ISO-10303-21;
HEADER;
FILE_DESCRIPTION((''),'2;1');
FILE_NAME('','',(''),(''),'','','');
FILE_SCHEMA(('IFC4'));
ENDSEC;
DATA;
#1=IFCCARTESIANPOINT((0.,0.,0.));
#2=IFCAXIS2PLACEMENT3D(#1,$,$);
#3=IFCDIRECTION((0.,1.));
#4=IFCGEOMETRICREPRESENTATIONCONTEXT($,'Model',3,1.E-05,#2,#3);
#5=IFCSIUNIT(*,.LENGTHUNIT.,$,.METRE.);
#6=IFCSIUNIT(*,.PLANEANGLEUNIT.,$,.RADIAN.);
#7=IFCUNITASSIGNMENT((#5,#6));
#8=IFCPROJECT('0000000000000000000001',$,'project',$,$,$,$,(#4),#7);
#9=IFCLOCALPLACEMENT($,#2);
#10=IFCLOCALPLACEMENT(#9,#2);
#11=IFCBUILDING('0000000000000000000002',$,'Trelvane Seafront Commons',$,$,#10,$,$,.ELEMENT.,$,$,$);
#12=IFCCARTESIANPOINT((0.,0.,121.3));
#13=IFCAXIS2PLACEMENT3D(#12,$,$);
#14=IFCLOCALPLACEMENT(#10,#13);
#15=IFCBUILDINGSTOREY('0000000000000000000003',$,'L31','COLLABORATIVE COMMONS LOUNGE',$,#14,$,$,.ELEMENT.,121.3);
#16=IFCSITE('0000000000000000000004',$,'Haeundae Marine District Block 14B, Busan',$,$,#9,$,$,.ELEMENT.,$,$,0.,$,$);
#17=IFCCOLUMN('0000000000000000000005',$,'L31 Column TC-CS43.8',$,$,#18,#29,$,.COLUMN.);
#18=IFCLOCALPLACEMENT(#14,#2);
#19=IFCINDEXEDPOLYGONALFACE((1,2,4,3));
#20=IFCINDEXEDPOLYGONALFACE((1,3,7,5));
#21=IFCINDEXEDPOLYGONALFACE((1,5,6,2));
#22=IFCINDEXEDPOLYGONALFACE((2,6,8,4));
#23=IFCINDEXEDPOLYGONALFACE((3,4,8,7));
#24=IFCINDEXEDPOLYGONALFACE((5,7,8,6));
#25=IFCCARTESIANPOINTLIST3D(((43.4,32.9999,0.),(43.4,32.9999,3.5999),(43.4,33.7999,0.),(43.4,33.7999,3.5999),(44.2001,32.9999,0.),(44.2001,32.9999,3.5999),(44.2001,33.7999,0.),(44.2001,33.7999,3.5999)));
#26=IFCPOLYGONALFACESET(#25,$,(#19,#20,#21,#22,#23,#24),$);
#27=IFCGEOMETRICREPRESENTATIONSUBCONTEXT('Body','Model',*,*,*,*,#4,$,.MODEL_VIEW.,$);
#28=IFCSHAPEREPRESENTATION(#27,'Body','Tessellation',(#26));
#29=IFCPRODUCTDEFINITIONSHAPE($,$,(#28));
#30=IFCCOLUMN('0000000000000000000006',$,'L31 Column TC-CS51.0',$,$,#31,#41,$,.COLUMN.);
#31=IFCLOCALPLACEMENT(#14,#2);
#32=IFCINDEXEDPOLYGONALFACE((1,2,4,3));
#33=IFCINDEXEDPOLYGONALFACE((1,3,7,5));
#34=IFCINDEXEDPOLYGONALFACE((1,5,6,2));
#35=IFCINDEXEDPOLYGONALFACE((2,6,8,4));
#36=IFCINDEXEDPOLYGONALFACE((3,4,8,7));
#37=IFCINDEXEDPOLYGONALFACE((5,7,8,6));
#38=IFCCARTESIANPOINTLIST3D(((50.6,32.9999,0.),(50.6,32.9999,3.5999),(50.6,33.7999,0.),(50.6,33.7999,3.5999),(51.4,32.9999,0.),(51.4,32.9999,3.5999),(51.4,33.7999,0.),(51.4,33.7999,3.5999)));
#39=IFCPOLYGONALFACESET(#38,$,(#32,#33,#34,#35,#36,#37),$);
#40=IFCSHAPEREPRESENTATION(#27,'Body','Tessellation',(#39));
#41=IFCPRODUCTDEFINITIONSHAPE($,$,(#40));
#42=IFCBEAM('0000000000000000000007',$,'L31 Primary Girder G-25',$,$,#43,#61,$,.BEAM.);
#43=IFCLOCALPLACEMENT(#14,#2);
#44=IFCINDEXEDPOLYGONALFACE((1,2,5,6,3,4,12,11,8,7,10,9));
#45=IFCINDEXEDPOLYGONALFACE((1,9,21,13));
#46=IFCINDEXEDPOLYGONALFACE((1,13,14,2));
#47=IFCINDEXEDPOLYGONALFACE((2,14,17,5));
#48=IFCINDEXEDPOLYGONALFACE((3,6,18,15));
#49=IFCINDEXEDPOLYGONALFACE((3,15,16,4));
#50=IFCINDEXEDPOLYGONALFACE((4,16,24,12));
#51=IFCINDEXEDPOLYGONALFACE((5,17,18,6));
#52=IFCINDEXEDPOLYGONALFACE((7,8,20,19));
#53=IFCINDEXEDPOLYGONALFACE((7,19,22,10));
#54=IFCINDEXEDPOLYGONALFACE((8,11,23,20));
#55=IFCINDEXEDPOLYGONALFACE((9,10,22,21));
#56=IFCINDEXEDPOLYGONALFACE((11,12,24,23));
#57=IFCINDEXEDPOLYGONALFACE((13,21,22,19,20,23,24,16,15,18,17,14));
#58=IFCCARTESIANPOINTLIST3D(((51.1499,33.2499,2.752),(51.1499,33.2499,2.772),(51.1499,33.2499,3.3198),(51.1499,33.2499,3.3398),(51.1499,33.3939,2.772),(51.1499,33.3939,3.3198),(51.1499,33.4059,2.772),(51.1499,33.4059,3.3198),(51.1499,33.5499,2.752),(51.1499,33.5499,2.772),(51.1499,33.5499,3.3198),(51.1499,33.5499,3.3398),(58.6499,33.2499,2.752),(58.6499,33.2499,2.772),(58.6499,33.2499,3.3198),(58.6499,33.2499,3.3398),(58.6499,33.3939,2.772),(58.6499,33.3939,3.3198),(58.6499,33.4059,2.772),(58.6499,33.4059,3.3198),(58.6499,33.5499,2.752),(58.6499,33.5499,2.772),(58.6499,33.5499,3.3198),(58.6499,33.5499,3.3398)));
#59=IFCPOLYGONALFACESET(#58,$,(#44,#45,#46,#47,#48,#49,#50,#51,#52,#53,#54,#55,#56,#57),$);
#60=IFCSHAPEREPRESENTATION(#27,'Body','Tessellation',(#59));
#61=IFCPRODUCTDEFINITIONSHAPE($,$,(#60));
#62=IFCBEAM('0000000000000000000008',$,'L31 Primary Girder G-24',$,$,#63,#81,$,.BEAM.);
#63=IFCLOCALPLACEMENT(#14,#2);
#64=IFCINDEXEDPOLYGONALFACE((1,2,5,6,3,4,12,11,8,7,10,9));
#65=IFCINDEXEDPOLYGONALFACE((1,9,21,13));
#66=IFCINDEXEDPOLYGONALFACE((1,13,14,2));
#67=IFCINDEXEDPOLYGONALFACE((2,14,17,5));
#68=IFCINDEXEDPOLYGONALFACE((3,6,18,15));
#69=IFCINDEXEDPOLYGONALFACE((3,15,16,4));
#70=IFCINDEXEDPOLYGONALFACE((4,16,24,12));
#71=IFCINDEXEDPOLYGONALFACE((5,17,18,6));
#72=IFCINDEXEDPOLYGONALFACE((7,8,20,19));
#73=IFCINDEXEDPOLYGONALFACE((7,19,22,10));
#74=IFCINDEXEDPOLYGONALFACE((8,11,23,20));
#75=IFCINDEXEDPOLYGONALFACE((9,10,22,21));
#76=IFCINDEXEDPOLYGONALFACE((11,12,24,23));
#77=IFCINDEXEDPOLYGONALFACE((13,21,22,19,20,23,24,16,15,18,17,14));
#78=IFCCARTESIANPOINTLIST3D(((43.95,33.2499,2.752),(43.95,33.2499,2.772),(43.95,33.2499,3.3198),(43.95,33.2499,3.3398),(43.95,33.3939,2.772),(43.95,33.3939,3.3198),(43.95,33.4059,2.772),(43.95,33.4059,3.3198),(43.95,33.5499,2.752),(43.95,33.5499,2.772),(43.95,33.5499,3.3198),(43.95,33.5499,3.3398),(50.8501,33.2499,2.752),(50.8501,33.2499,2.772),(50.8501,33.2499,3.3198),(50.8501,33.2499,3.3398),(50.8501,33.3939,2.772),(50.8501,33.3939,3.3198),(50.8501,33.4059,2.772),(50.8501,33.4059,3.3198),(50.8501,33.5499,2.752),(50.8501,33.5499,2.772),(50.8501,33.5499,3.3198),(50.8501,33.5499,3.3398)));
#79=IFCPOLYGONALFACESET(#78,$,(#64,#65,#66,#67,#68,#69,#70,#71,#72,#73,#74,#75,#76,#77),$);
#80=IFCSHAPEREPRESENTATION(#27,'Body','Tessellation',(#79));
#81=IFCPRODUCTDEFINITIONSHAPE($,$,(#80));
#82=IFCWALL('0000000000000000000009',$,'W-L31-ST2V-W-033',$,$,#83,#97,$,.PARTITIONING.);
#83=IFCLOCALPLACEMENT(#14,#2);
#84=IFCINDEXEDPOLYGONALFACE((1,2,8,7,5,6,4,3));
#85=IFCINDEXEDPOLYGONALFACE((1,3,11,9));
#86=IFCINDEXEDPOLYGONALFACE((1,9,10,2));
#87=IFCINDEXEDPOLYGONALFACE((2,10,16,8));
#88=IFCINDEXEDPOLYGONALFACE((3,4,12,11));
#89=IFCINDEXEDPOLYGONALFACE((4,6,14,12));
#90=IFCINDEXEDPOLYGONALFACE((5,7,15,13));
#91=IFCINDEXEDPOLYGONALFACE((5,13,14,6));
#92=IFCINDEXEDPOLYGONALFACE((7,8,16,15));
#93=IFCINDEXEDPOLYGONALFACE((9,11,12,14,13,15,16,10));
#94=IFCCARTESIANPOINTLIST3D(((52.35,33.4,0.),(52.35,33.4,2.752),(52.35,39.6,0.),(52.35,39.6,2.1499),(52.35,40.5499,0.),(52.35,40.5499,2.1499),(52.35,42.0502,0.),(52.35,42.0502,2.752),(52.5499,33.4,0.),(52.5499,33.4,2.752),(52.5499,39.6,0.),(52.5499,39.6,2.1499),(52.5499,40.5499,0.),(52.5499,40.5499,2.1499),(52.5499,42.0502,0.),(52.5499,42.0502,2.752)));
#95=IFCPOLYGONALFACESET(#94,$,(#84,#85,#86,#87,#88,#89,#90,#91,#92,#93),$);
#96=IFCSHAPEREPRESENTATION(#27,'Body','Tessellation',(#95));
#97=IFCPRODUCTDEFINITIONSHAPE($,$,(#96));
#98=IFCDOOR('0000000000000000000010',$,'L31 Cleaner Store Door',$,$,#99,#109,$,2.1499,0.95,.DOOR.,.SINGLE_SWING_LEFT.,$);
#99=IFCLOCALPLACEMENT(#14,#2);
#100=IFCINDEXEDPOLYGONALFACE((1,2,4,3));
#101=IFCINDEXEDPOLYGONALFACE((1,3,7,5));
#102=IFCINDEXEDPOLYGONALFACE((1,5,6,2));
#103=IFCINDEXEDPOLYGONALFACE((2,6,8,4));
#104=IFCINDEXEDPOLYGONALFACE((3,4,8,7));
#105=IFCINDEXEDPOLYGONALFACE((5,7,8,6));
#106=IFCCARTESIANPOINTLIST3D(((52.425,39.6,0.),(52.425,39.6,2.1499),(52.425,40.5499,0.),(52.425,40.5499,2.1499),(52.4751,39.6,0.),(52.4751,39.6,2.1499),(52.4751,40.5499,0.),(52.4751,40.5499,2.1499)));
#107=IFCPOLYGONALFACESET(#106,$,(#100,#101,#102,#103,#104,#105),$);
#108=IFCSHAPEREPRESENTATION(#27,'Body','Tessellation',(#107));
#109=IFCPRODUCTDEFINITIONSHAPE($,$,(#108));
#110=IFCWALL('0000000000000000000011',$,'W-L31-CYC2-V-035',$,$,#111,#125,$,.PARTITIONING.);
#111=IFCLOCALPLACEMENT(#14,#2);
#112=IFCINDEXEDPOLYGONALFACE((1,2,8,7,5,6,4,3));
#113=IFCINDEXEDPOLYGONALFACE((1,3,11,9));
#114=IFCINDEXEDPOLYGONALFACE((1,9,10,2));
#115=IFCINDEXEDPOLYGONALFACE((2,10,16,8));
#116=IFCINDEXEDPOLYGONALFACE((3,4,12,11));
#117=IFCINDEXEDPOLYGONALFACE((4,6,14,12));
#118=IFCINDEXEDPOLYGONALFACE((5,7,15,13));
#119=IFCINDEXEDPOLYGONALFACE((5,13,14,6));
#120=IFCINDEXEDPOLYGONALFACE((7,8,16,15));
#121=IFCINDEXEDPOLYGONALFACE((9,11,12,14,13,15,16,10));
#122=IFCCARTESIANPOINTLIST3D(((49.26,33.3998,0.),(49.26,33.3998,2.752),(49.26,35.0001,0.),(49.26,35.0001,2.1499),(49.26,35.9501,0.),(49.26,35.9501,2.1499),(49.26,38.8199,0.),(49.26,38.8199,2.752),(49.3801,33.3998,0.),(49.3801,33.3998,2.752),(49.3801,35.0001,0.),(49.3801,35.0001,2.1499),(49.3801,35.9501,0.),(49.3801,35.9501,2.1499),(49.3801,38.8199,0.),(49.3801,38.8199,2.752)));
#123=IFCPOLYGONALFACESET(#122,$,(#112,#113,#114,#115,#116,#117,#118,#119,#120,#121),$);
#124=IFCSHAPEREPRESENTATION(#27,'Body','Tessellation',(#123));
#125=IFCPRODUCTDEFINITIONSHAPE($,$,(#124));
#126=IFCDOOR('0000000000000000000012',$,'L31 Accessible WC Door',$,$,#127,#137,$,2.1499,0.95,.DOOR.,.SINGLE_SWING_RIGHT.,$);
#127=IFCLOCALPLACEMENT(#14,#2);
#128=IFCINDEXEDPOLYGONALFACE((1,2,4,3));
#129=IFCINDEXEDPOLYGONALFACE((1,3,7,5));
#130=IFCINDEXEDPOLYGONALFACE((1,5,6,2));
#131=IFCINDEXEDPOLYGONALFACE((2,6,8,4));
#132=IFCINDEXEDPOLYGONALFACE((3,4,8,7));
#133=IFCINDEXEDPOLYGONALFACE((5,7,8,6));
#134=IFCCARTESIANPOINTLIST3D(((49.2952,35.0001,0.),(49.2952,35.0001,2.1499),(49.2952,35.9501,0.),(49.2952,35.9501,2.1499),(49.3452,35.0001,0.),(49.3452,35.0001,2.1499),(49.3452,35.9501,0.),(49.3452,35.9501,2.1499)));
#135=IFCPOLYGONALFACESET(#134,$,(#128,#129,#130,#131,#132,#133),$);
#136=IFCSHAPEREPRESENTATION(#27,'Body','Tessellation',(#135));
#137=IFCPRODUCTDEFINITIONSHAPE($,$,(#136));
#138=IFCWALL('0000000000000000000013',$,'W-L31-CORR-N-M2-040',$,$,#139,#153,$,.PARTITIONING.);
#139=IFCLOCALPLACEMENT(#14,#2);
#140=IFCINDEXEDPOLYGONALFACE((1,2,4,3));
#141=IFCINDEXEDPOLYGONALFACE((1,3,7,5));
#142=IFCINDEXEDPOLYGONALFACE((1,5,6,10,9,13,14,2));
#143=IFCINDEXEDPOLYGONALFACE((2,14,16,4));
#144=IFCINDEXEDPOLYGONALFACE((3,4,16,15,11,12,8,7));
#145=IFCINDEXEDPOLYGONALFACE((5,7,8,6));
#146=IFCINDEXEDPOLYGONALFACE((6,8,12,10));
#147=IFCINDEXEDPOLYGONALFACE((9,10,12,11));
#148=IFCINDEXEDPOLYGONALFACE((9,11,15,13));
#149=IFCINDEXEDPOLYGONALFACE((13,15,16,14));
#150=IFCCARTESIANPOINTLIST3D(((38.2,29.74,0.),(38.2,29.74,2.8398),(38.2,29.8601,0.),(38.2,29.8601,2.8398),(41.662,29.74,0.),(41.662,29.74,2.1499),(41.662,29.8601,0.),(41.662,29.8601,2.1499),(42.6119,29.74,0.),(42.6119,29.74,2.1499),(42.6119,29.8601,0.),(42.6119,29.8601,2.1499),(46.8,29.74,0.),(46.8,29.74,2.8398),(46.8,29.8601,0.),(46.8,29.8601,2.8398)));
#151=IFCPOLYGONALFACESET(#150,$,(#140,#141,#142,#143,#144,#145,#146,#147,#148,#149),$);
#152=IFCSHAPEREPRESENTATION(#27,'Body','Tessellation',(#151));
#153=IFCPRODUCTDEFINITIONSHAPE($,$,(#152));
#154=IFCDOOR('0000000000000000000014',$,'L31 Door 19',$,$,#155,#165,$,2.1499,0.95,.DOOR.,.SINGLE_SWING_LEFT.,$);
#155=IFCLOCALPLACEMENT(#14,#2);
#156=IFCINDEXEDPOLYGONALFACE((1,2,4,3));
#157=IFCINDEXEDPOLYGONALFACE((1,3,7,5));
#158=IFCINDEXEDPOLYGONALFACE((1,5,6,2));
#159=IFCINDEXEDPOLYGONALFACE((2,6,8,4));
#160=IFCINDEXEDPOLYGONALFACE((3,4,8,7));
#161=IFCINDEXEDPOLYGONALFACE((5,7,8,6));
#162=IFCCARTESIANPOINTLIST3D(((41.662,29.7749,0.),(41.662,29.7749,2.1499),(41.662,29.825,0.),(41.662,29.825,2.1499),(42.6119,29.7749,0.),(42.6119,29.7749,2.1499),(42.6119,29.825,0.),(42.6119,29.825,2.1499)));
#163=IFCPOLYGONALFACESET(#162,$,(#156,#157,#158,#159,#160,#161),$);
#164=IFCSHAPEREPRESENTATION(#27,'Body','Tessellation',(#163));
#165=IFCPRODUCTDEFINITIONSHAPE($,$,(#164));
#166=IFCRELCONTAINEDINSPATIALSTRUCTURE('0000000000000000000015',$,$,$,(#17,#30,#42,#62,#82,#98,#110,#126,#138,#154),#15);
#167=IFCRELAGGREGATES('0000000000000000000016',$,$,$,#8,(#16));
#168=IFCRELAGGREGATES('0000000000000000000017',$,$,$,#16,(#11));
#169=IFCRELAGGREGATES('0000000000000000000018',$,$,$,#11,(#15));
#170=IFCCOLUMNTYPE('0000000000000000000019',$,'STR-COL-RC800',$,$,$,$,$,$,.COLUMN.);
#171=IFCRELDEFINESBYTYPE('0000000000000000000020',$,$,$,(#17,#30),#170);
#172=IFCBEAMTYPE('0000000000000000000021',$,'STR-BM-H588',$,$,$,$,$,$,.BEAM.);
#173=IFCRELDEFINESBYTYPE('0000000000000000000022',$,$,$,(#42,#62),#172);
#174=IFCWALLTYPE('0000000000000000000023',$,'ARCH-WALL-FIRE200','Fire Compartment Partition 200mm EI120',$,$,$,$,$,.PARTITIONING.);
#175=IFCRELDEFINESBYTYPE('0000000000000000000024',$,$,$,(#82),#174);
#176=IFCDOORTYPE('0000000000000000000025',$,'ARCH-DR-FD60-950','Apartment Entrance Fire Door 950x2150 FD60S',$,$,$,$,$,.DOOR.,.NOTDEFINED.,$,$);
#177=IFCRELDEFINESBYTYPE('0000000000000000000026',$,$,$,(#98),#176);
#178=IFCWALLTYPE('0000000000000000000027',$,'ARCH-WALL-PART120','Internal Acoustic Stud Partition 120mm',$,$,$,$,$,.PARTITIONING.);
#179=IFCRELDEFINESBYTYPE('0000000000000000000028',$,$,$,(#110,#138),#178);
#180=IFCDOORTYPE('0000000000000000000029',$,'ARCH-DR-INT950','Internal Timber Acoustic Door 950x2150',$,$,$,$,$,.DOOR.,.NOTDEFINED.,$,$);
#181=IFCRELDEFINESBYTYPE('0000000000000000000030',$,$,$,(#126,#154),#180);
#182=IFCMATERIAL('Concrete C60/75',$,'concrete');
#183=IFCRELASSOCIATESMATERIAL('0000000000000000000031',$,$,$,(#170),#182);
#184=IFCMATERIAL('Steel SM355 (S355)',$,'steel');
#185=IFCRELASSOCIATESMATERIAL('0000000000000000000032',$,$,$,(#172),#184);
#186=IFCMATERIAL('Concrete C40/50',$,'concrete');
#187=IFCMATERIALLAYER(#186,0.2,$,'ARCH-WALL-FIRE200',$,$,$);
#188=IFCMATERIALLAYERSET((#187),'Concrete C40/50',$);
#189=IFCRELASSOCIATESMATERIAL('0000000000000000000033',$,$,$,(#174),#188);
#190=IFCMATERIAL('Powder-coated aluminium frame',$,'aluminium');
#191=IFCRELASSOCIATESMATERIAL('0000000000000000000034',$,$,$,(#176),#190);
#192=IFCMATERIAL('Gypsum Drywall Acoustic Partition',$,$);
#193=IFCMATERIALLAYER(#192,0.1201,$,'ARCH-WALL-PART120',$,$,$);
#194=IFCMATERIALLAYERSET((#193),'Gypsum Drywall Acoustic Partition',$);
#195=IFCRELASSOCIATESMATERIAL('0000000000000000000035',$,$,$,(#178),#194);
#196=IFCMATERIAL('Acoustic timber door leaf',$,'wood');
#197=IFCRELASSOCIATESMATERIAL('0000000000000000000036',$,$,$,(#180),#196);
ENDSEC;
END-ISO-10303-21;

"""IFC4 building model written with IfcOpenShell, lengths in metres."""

from ifc_helpers import new_model, si_unit, direction, frame, frame_2d, origin, origin_2d, place, context, subcontext, project, spatial, rectangle, i_section, extrude, source, transform, mapped, material, layer, layer_set, material_profile, profile_set, type_object, element, fill, save


model = new_model("IFC4")

# Units and contexts
model_context = context("Model", 3, precision=1e-05, world=origin(), true_north=direction((0.0, 1.0)))
body_context = subcontext(model_context, "Body", "Model", "MODEL_VIEW")
ifc_project = project(units=[si_unit("LENGTHUNIT", "METRE"), si_unit("PLANEANGLEUNIT", "RADIAN")], contexts=[model_context])

# Site, building, storey
site_placement = place(None, origin())
site = spatial("IfcSite", under=ifc_project, at=site_placement, Name="Haeundae Marine District Block 14B, Busan", CompositionType="ELEMENT", RefElevation=0.0)
building_placement = place(site_placement, origin())
building = spatial("IfcBuilding", under=site, at=building_placement, Name="Trelvane Seafront Commons", CompositionType="ELEMENT")
storey_placement = place(building_placement, frame((0.0, 0.0, 121.3)))
storey = spatial("IfcBuildingStorey", under=building, at=storey_placement, Name="L31", Description="COLLABORATIVE COMMONS LOUNGE", CompositionType="ELEMENT", Elevation=121.3)

# Columns
ifc_material_1 = material(Name="Concrete C60/75", Category="concrete")
ifc_material_profile_1 = material_profile(ifc_material_1, rectangle(XDim=0.8, YDim=0.8, at=origin_2d()), Name="RC-800x800")
ifc_profile_set_1 = profile_set([ifc_material_profile_1], Name="Concrete C60/75")
column_type = type_object("IfcColumnType", Name="STR-COL-RC800", PredefinedType="COLUMN", material=ifc_profile_set_1)
shared_shape_1 = source(origin(), body_context, "Body", "SweptSolid", [
    extrude(rectangle(XDim=0.8, YDim=0.8, at=origin_2d()), origin(), (0.0, 0.0, 1.0), 3.5999),
])
for number, where, z_axis, x_axis, name in (
    (1, (43.8, 33.3999, 0.0), (0.0, 0.0, 1.0), (1.0, 0.0, 0.0), "L31 Column TC-CS43.8"),
    (2, (51.0, 33.3999, 0.0), (0.0, 0.0, 1.0), (1.0, 0.0, 0.0), "L31 Column TC-CS51.0"),
):
    element("IfcColumn", number, at=place(storey_placement, frame(where, z_axis=z_axis, x_axis=x_axis)), inside=storey, type_object=column_type, Name=name, PredefinedType="COLUMN", context=body_context, shape_type="MappedRepresentation", body=[
        mapped(shared_shape_1, transform((0.0, 0.0, 0.0), x_axis=(1.0, 0.0, 0.0), y_axis=(0.0, 1.0, 0.0), z_axis=(0.0, 0.0, 1.0), scale=1.0)),
    ])

# Beams
ifc_material_2 = material(Name="Steel SM355 (S355)", Category="steel")
ifc_material_profile_2 = material_profile(ifc_material_2, i_section(OverallWidth=0.3, OverallDepth=0.5879, WebThickness=0.012, FlangeThickness=0.02, at=origin_2d()), Name="H-588x300x12x20")
ifc_profile_set_2 = profile_set([ifc_material_profile_2], Name="Steel SM355 (S355)")
beam_type = type_object("IfcBeamType", Name="STR-BM-H588", PredefinedType="BEAM", material=ifc_profile_set_2)
shared_shape_2 = source(origin(), body_context, "Body", "SweptSolid", [
    extrude(i_section(OverallWidth=0.3, OverallDepth=0.5879, WebThickness=0.012, FlangeThickness=0.02, at=origin_2d()), origin(), (0.0, 0.0, 1.0), 7.5),
])
beam_1_placement = place(storey_placement, frame((51.1499, 33.3999, 3.0459), z_axis=(1.0, 0.0, 0.0), x_axis=(0.0, 1.0, 0.0)))
element("IfcBeam", 3, at=beam_1_placement, inside=storey, type_object=beam_type, Name="L31 Primary Girder G-25", PredefinedType="BEAM", context=body_context, shape_type="MappedRepresentation", body=[
    mapped(shared_shape_2, transform((0.0, 0.0, 0.0), x_axis=(1.0, 0.0, 0.0), y_axis=(0.0, 1.0, 0.0), z_axis=(0.0, 0.0, 1.0), scale=1.0)),
])
shared_shape_3 = source(origin(), body_context, "Body", "SweptSolid", [
    extrude(i_section(OverallWidth=0.3, OverallDepth=0.5879, WebThickness=0.012, FlangeThickness=0.02, at=origin_2d()), origin(), (0.0, 0.0, 1.0), 6.9001),
])
beam_2_placement = place(storey_placement, frame((43.95, 33.3999, 3.0459), z_axis=(1.0, 0.0, 0.0), x_axis=(0.0, 1.0, 0.0)))
element("IfcBeam", 4, at=beam_2_placement, inside=storey, type_object=beam_type, Name="L31 Primary Girder G-24", PredefinedType="BEAM", context=body_context, shape_type="MappedRepresentation", body=[
    mapped(shared_shape_3, transform((0.0, 0.0, 0.0), x_axis=(1.0, 0.0, 0.0), y_axis=(0.0, 1.0, 0.0), z_axis=(0.0, 0.0, 1.0), scale=1.0)),
])

# Wall, opening, door
ifc_material_3 = material(Name="Concrete C40/50", Category="concrete")
ifc_layer_1 = layer(ifc_material_3, 0.2, Name="ARCH-WALL-FIRE200")
ifc_layer_set_1 = layer_set([ifc_layer_1], Name="Concrete C40/50")
wall_type_1 = type_object("IfcWallType", Name="ARCH-WALL-FIRE200", Description="Fire Compartment Partition 200mm EI120", PredefinedType="PARTITIONING", material=ifc_layer_set_1)
wall_1_placement = place(storey_placement, frame((52.45, 33.3999, 0.0), z_axis=(0.0, 0.0, 1.0), x_axis=(0.0, 1.0, 0.0)))
wall_1 = element("IfcWall", 5, at=wall_1_placement, inside=storey, type_object=wall_type_1, Name="W-L31-ST2V-W-033", PredefinedType="PARTITIONING", context=body_context, shape_type="SweptSolid", body=[
    extrude(rectangle(XDim=8.6501, YDim=0.2, at=frame_2d((4.3252, 0.0))), origin(), (0.0, 0.0, 1.0), 2.752),
])
opening_1_placement = place(wall_1_placement, frame((6.2, 0.0, 0.0)))
opening_1 = element("IfcOpeningElement", 6, at=opening_1_placement, cuts=wall_1, PredefinedType="OPENING", context=body_context, shape_type="SweptSolid", body=[
    extrude(rectangle(XDim=0.95, YDim=2.1499, at=frame_2d((0.4751, 1.075))), frame((0.0, 0.1099, 0.0), z_axis=(0.0, -1.0, 0.0), x_axis=(1.0, 0.0, 0.0)), (0.0, 0.0, 1.0), 0.22),
])
ifc_material_4 = material(Name="Powder-coated aluminium frame", Category="aluminium")
door_type_1 = type_object("IfcDoorType", Name="ARCH-DR-FD60-950", Description="Apartment Entrance Fire Door 950x2150 FD60S", OperationType="NOTDEFINED", PredefinedType="DOOR", material=ifc_material_4)
shared_shape_4 = source(origin(), body_context, "Body", "SweptSolid", [
    extrude(rectangle(XDim=0.95, YDim=2.1499, at=frame_2d((0.4751, 1.075))), frame((0.0, 0.0249, 0.0), z_axis=(0.0, -1.0, 0.0), x_axis=(1.0, 0.0, 0.0)), (0.0, 0.0, 1.0), 0.05),
])
door_1_placement = place(opening_1_placement, origin())
door_1 = element("IfcDoor", 7, at=door_1_placement, inside=storey, type_object=door_type_1, Name="L31 Cleaner Store Door", OperationType="SINGLE_SWING_LEFT", OverallHeight=2.1499, OverallWidth=0.95, PredefinedType="DOOR", context=body_context, shape_type="MappedRepresentation", body=[
    mapped(shared_shape_4, transform((0.0, 0.0, 0.0), x_axis=(1.0, 0.0, 0.0), y_axis=(0.0, 1.0, 0.0), z_axis=(0.0, 0.0, 1.0), scale=1.0)),
])
fill(opening_1, door_1)

# Walls, openings, doors
ifc_material_5 = material(Name="Gypsum Drywall Acoustic Partition")
ifc_layer_2 = layer(ifc_material_5, 0.1201, Name="ARCH-WALL-PART120")
ifc_layer_set_2 = layer_set([ifc_layer_2], Name="Gypsum Drywall Acoustic Partition")
wall_type_2 = type_object("IfcWallType", Name="ARCH-WALL-PART120", Description="Internal Acoustic Stud Partition 120mm", PredefinedType="PARTITIONING", material=ifc_layer_set_2)
wall_2_placement = place(storey_placement, frame((49.3201, 33.3999, 0.0), z_axis=(0.0, 0.0, 1.0), x_axis=(0.0, 1.0, 0.0)))
wall_2 = element("IfcWall", 8, at=wall_2_placement, inside=storey, type_object=wall_type_2, Name="W-L31-CYC2-V-035", PredefinedType="PARTITIONING", context=body_context, shape_type="SweptSolid", body=[
    extrude(rectangle(XDim=5.4202, YDim=0.1201, at=frame_2d((2.71, 0.0))), origin(), (0.0, 0.0, 1.0), 2.752),
])
opening_2_placement = place(wall_2_placement, frame((1.6001, 0.0, 0.0)))
opening_2 = element("IfcOpeningElement", 9, at=opening_2_placement, cuts=wall_2, PredefinedType="OPENING", context=body_context, shape_type="SweptSolid", body=[
    extrude(rectangle(XDim=0.95, YDim=2.1499, at=frame_2d((0.4751, 1.075))), frame((0.0, 0.0701, 0.0), z_axis=(0.0, -1.0, 0.0), x_axis=(1.0, 0.0, 0.0)), (0.0, 0.0, 1.0), 0.1401),
])
ifc_material_6 = material(Name="Acoustic timber door leaf", Category="wood")
door_type_2 = type_object("IfcDoorType", Name="ARCH-DR-INT950", Description="Internal Timber Acoustic Door 950x2150", OperationType="NOTDEFINED", PredefinedType="DOOR", material=ifc_material_6)
door_2_placement = place(opening_2_placement, origin())
door_2 = element("IfcDoor", 10, at=door_2_placement, inside=storey, type_object=door_type_2, Name="L31 Accessible WC Door", OperationType="SINGLE_SWING_RIGHT", OverallHeight=2.1499, OverallWidth=0.95, PredefinedType="DOOR", context=body_context, shape_type="MappedRepresentation", body=[
    mapped(shared_shape_4, transform((0.0, 0.0, 0.0), x_axis=(1.0, 0.0, 0.0), y_axis=(0.0, 1.0, 0.0), z_axis=(0.0, 0.0, 1.0), scale=1.0)),
])
fill(opening_2, door_2)
wall_3_placement = place(storey_placement, frame((38.2, 29.8, 0.0), z_axis=(0.0, 0.0, 1.0), x_axis=(1.0, 0.0, 0.0)))
wall_3 = element("IfcWall", 11, at=wall_3_placement, inside=storey, type_object=wall_type_2, Name="W-L31-CORR-N-M2-040", PredefinedType="PARTITIONING", context=body_context, shape_type="SweptSolid", body=[
    extrude(rectangle(XDim=8.6001, YDim=0.1201, at=frame_2d((4.3, 0.0))), origin(), (0.0, 0.0, 1.0), 2.8398),
])
opening_3_placement = place(wall_3_placement, frame((3.4619, 0.0, 0.0)))
opening_3 = element("IfcOpeningElement", 12, at=opening_3_placement, cuts=wall_3, PredefinedType="OPENING", context=body_context, shape_type="SweptSolid", body=[
    extrude(rectangle(XDim=0.95, YDim=2.1499, at=frame_2d((0.4751, 1.075))), frame((0.0, 0.0701, 0.0), z_axis=(0.0, -1.0, 0.0), x_axis=(1.0, 0.0, 0.0)), (0.0, 0.0, 1.0), 0.1401),
])
door_3_placement = place(opening_3_placement, origin())
door_3 = element("IfcDoor", 13, at=door_3_placement, inside=storey, type_object=door_type_2, Name="L31 Door 19", OperationType="SINGLE_SWING_LEFT", OverallHeight=2.1499, OverallWidth=0.95, PredefinedType="DOOR", context=body_context, shape_type="MappedRepresentation", body=[
    mapped(shared_shape_4, transform((0.0, 0.0, 0.0), x_axis=(1.0, 0.0, 0.0), y_axis=(0.0, 1.0, 0.0), z_axis=(0.0, 0.0, 1.0), scale=1.0)),
])
fill(opening_3, door_3)

save(model, "model.ifc")
